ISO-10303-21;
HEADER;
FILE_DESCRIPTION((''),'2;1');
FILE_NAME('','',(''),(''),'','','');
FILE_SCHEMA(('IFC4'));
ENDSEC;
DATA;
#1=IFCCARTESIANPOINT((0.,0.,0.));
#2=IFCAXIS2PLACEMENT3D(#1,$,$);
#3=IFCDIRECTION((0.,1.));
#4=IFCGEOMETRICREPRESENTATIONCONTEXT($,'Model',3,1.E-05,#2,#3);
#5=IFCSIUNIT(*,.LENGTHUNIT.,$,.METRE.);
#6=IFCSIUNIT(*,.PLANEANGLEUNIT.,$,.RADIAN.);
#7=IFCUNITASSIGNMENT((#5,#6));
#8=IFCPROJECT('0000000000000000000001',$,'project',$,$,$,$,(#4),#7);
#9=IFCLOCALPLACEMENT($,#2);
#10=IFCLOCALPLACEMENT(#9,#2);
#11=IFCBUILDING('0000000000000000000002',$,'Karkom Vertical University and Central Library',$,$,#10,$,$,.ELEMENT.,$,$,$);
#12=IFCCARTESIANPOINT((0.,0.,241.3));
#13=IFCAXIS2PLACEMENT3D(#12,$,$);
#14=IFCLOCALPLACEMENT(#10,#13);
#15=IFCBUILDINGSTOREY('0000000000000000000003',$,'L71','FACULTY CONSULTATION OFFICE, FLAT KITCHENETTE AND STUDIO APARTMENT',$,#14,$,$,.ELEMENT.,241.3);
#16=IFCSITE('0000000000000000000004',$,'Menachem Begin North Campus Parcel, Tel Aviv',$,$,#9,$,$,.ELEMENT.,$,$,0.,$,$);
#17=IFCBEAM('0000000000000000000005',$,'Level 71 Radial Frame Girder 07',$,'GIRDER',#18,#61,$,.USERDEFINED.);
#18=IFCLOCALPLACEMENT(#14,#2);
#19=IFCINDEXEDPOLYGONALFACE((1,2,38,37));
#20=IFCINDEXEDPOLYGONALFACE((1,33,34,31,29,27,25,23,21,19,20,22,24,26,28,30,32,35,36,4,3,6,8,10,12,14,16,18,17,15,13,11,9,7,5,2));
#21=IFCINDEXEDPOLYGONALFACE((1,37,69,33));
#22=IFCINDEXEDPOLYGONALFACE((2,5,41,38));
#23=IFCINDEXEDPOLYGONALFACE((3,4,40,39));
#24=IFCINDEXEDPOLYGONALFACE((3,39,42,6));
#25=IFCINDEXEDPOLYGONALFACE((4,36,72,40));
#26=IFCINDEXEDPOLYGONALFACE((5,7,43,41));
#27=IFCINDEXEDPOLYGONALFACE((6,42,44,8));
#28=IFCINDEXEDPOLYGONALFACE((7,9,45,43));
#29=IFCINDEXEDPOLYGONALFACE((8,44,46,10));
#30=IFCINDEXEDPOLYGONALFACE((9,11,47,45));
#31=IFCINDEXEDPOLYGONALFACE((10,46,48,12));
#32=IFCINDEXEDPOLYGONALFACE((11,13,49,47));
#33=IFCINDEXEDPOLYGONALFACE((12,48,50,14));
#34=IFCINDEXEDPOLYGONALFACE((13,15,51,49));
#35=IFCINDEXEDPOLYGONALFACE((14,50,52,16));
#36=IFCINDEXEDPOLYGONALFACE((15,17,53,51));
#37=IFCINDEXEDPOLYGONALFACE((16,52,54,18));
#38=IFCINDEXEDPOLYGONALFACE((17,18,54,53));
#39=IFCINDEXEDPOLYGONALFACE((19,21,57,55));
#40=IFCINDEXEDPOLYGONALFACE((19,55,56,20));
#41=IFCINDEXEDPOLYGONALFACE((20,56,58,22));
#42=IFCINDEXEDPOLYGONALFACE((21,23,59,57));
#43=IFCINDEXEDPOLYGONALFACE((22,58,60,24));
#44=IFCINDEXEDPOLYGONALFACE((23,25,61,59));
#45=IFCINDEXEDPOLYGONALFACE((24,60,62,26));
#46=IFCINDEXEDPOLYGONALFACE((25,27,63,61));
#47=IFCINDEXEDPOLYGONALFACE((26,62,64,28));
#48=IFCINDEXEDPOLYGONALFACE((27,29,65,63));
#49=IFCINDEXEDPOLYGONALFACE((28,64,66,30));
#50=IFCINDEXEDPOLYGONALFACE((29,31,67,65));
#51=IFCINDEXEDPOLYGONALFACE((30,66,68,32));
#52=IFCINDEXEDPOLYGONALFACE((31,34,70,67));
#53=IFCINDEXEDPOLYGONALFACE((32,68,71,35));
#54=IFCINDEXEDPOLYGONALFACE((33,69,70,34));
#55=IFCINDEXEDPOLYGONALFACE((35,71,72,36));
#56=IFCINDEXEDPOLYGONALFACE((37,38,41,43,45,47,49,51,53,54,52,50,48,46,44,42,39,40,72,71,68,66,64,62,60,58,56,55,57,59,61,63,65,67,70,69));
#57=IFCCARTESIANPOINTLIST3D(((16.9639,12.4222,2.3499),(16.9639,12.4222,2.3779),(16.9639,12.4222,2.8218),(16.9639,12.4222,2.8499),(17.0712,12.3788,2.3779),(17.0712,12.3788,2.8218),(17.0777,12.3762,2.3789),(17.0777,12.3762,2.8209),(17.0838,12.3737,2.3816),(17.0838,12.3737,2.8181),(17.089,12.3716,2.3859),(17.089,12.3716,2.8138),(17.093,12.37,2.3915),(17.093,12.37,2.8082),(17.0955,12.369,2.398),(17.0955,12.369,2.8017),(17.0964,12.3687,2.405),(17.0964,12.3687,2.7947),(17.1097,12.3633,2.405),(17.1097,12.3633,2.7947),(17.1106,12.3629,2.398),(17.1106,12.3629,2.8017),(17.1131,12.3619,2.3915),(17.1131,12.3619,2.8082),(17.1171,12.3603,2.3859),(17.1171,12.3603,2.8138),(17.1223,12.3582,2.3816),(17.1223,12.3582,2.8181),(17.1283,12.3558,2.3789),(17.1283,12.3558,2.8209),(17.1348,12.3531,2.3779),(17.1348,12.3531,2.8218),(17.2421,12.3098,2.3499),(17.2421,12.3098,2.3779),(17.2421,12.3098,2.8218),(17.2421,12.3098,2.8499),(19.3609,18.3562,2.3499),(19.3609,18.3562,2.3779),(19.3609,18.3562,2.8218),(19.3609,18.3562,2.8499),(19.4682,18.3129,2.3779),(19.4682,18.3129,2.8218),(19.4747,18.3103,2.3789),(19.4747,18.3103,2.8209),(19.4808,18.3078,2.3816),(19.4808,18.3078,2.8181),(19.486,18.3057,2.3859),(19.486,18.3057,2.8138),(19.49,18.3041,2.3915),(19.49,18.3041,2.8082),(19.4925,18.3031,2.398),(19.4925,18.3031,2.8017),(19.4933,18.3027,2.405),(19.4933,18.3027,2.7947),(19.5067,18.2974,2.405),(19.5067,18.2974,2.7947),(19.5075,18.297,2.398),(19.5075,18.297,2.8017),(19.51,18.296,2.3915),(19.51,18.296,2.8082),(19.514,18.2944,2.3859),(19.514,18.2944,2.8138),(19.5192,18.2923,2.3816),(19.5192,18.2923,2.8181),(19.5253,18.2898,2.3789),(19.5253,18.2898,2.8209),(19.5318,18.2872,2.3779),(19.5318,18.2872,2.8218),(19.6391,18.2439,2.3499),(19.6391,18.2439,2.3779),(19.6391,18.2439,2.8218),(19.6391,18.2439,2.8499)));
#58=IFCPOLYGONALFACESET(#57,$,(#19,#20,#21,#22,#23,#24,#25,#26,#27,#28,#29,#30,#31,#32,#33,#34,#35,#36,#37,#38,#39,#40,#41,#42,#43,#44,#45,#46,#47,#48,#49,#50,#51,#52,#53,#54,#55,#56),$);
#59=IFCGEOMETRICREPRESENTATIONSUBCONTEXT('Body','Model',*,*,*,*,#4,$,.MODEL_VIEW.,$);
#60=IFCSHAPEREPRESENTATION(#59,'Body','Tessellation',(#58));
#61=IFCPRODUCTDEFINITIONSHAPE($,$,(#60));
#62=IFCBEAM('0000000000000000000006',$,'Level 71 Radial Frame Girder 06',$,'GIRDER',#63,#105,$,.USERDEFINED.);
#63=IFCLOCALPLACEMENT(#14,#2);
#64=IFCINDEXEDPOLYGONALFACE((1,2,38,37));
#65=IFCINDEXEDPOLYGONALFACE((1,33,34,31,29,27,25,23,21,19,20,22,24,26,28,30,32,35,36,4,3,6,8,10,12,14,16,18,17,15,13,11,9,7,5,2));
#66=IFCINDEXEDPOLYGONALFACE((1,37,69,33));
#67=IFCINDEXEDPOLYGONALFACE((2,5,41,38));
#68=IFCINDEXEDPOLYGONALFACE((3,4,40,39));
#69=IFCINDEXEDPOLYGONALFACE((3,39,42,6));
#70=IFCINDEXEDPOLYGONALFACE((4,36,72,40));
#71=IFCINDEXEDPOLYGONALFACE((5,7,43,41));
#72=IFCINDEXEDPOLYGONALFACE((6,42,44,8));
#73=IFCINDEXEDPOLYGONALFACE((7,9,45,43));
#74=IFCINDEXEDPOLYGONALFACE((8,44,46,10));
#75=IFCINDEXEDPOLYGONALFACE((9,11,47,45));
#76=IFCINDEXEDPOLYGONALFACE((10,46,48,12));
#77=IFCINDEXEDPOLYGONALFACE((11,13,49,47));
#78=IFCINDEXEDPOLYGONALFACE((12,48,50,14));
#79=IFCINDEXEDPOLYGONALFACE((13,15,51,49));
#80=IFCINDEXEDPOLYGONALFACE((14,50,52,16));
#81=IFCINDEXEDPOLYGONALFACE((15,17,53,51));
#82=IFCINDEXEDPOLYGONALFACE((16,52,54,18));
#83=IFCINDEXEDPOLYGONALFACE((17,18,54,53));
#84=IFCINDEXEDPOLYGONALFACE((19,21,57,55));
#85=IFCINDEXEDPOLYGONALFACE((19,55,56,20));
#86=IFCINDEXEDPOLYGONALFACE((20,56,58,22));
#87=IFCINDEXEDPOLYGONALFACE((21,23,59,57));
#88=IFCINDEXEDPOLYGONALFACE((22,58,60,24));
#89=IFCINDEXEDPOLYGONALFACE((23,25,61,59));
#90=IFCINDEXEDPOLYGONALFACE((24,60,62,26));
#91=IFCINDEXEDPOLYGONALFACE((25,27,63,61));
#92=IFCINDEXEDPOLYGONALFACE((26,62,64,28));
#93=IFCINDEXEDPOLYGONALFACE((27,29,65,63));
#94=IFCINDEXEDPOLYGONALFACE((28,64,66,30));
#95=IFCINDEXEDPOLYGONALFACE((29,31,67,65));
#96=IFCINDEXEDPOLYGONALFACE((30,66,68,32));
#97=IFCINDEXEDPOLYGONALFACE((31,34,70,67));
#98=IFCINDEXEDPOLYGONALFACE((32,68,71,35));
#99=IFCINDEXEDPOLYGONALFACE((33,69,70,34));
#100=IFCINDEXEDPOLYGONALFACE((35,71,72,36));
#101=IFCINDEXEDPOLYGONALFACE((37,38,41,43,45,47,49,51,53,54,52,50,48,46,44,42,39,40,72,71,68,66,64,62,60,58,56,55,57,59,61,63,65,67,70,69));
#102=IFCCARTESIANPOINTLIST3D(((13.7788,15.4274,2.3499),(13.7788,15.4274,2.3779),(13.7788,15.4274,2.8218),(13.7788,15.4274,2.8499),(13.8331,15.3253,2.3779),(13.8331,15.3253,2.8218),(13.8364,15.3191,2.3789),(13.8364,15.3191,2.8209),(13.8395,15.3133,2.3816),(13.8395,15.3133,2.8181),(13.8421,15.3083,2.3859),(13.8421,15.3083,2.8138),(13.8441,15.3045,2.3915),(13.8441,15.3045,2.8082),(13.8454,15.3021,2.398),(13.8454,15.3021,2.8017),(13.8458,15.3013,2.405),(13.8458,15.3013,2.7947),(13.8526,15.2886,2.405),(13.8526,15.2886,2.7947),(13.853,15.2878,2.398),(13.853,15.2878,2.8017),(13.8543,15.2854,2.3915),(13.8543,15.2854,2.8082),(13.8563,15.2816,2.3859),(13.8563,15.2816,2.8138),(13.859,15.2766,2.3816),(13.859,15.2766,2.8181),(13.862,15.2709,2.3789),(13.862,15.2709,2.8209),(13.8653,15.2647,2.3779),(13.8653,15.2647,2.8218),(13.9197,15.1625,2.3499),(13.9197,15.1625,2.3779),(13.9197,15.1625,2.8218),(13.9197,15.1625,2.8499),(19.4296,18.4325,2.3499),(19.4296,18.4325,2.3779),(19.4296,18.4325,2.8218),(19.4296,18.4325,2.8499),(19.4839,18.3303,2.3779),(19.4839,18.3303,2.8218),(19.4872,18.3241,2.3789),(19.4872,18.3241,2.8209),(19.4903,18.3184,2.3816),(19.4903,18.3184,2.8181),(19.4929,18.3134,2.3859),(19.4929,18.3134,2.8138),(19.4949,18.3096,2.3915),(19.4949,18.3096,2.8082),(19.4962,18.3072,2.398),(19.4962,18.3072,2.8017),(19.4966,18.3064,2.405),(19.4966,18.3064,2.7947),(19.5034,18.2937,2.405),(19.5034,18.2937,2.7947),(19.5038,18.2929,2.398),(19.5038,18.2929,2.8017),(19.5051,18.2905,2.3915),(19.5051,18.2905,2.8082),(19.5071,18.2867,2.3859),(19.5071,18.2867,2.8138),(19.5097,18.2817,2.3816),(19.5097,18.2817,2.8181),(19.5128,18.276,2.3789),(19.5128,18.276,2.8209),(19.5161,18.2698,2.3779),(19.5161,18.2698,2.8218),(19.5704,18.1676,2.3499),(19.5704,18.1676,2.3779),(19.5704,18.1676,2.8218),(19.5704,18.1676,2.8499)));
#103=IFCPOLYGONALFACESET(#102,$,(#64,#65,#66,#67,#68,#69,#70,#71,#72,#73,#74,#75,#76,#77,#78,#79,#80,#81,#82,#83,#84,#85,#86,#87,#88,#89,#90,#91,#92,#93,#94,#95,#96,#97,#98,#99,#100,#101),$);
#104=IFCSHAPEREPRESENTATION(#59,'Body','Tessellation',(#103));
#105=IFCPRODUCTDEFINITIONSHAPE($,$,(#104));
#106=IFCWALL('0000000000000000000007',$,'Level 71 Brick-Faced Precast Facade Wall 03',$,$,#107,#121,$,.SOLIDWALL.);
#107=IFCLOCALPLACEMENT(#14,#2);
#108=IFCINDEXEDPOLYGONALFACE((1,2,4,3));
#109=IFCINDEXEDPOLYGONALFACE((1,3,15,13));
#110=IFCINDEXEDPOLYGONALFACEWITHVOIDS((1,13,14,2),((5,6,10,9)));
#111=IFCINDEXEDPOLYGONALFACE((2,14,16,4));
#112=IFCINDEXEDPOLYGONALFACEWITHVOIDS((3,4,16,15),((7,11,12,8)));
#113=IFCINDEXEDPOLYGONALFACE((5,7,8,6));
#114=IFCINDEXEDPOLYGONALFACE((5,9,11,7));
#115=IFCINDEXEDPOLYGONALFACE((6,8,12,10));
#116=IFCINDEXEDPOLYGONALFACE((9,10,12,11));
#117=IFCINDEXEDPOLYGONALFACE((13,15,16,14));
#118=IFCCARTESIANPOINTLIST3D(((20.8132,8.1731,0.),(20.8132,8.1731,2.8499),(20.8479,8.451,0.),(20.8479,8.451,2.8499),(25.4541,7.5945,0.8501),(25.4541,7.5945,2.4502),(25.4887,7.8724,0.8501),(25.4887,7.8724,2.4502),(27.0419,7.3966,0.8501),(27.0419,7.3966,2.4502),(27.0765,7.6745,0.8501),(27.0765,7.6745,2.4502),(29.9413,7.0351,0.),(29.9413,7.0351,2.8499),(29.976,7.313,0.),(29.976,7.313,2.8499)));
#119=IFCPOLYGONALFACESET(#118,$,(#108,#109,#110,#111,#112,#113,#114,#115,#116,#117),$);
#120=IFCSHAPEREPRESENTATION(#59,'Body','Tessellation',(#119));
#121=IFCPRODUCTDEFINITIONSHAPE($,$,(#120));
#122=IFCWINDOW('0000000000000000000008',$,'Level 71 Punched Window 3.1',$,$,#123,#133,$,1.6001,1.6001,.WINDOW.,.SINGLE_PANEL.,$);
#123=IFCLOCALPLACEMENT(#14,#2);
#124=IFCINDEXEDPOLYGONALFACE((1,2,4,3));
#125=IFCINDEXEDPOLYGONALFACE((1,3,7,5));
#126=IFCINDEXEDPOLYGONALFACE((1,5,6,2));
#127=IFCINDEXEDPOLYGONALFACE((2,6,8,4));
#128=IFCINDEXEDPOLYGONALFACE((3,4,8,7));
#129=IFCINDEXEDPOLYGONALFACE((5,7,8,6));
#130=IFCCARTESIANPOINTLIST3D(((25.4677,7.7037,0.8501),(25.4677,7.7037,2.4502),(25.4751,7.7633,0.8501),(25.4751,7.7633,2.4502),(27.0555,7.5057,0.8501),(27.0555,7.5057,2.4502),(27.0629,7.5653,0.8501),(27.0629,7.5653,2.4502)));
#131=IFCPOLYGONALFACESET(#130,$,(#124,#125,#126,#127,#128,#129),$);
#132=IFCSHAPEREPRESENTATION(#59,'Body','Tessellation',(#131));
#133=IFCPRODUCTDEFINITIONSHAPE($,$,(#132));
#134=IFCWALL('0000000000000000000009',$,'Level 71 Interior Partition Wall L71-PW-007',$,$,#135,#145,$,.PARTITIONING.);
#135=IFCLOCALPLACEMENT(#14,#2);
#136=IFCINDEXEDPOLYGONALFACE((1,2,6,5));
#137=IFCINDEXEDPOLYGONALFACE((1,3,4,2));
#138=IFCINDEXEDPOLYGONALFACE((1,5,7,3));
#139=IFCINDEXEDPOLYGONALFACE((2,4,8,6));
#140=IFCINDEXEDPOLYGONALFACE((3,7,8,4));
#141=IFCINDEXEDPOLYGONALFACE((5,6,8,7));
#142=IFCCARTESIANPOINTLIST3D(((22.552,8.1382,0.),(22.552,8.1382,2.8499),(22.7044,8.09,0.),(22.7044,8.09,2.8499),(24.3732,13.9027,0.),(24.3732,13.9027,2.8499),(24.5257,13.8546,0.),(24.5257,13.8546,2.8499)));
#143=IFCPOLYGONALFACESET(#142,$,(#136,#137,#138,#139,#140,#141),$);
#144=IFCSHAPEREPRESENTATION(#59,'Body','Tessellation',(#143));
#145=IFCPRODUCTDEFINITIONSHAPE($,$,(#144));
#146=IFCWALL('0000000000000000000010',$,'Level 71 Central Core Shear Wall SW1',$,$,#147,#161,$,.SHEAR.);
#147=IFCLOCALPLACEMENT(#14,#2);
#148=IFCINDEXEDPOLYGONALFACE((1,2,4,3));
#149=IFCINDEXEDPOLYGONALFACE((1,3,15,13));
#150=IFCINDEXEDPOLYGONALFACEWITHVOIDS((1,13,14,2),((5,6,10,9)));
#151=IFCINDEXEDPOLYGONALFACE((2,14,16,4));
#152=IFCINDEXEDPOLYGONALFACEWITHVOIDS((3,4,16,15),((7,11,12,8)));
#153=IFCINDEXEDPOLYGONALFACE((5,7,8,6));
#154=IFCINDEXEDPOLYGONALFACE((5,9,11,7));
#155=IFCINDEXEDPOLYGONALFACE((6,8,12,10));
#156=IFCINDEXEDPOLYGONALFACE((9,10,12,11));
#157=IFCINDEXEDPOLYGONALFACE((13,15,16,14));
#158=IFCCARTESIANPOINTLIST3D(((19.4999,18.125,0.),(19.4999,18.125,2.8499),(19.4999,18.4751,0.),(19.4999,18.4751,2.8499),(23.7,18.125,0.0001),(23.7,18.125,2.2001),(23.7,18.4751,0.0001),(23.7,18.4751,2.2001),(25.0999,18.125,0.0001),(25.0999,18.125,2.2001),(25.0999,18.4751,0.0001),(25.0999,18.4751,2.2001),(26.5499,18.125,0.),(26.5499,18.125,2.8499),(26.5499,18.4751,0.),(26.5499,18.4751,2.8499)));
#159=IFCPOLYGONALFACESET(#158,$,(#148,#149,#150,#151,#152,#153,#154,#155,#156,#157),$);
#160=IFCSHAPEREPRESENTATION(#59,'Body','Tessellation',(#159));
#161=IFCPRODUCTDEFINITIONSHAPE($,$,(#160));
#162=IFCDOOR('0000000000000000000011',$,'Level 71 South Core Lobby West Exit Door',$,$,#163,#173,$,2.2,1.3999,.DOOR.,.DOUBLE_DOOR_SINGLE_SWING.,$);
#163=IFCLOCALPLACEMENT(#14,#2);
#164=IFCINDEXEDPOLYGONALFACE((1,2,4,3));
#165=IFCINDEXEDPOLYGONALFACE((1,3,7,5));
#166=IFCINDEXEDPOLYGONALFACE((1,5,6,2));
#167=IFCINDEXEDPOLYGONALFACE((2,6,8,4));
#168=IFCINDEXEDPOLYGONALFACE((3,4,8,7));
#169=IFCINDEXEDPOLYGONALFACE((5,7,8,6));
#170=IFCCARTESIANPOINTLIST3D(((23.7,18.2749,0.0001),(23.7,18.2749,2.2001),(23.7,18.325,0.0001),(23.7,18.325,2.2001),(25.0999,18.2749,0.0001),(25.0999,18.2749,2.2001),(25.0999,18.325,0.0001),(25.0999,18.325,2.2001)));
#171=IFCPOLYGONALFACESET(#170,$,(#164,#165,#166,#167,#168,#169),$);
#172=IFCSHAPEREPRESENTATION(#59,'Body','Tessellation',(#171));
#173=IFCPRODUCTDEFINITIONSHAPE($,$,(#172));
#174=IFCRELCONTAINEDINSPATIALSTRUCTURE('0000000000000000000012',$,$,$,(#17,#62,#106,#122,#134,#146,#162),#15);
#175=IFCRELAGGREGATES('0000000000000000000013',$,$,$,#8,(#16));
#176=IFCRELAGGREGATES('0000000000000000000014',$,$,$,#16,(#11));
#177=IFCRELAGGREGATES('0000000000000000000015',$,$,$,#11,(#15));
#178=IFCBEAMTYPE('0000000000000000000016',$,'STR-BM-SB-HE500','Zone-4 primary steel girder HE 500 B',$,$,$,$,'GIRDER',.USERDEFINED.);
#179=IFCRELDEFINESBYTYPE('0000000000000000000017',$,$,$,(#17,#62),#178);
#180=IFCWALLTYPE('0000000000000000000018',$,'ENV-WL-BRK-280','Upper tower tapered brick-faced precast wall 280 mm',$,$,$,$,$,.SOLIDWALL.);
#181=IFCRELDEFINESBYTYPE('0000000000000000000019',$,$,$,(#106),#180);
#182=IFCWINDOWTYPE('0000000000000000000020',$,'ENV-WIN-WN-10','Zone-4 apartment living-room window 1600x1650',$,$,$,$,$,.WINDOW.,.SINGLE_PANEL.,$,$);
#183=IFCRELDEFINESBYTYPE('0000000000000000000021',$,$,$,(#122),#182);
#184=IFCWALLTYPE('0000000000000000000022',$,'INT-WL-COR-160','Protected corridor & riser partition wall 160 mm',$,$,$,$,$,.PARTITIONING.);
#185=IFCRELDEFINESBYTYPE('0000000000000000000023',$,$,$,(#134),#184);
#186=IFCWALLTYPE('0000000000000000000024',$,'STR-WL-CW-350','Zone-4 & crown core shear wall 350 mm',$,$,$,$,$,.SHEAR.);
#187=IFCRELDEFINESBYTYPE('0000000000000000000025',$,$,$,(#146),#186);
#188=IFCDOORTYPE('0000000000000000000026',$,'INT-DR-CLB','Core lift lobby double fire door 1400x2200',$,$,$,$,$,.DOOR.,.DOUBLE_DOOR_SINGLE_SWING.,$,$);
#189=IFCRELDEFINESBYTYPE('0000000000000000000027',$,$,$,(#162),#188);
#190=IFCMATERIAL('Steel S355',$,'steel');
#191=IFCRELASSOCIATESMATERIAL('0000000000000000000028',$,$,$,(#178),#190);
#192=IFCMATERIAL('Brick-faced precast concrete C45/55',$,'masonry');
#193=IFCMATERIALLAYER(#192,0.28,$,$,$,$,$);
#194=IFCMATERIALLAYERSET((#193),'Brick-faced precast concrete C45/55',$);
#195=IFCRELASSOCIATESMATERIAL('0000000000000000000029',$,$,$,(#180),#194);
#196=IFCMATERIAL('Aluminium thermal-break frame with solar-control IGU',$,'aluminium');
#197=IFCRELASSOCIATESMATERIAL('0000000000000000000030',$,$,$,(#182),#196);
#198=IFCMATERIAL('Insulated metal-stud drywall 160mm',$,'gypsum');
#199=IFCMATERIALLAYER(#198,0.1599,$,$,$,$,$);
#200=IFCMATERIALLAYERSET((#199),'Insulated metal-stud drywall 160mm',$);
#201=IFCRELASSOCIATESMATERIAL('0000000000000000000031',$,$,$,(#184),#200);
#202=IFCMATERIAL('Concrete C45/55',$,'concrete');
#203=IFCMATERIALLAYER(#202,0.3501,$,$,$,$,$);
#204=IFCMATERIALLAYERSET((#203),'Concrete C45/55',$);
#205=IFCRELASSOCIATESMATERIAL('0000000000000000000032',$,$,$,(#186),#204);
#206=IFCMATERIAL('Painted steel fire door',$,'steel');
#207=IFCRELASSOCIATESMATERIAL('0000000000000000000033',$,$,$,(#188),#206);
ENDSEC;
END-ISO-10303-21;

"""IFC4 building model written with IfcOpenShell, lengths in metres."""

from ifc_helpers import new_model, si_unit, direction, frame, frame_2d, origin, origin_with_axes, origin_2d, place, context, subcontext, project, spatial, rectangle, i_section, extrude, source, transform, mapped, material, layer, layer_set, material_profile, profile_set, type_object, element, fill, save


model = new_model("IFC4")

# Units and contexts
model_context = context("Model", 3, precision=1e-05, world=origin(), true_north=direction((0.0, 1.0)))
body_context = subcontext(model_context, "Body", "Model", "MODEL_VIEW")
ifc_project = project(units=[si_unit("LENGTHUNIT", "METRE"), si_unit("PLANEANGLEUNIT", "RADIAN")], contexts=[model_context])

# Site, building, storey
site_placement = place(None, origin())
site = spatial("IfcSite", under=ifc_project, at=site_placement, Name="Menachem Begin North Campus Parcel, Tel Aviv", CompositionType="ELEMENT", RefElevation=0.0)
building_placement = place(site_placement, origin())
building = spatial("IfcBuilding", under=site, at=building_placement, Name="Karkom Vertical University and Central Library", CompositionType="ELEMENT")
storey_placement = place(building_placement, frame((0.0, 0.0, 241.3)))
storey = spatial("IfcBuildingStorey", under=building, at=storey_placement, Name="L71", Description="FACULTY CONSULTATION OFFICE, FLAT KITCHENETTE AND STUDIO APARTMENT", CompositionType="ELEMENT", Elevation=241.3)

# Shared definitions
ifc_material_1 = material(Name="Concrete C45/55", Category="concrete")

# Beams
ifc_material_2 = material(Name="Steel S355", Category="steel")
ifc_material_profile_1 = material_profile(ifc_material_2, i_section(OverallWidth=0.3, OverallDepth=0.5, WebThickness=0.0144, FlangeThickness=0.0281, FilletRadius=0.0271, at=origin_2d()), Name="HE 500 B")
ifc_profile_set_1 = profile_set([ifc_material_profile_1], Name="Steel S355")
beam_type_1 = type_object("IfcBeamType", Name="STR-BM-SB-HE500", Description="Zone-4 primary steel girder HE 500 B", ElementType="GIRDER", PredefinedType="USERDEFINED", material=ifc_profile_set_1)
shared_shape_1 = source(origin_with_axes(), body_context, "Body", "SweptSolid", [
    extrude(i_section(OverallWidth=0.3, OverallDepth=0.5, WebThickness=0.0144, FlangeThickness=0.0281, FilletRadius=0.0271, at=origin_2d()), origin(), (0.0, 0.0, 1.0), 6.3999),
])
beam_1_placement = place(storey_placement, frame((19.5, 18.3, 2.5999), z_axis=(-0.374532, -0.927214, 0.0), x_axis=(0.927214, -0.374532, 0.0)))
element("IfcBeam", 1, at=beam_1_placement, inside=storey, type_object=beam_type_1, Name="Level 71 Radial Frame Girder 07", ObjectType="GIRDER", PredefinedType="USERDEFINED", context=body_context, shape_type="MappedRepresentation", body=[
    mapped(shared_shape_1, transform((0.0, 0.0, 0.0), scale=1.0)),
])
shared_shape_2 = source(origin_with_axes(), body_context, "Body", "SweptSolid", [
    extrude(i_section(OverallWidth=0.3, OverallDepth=0.5, WebThickness=0.0144, FlangeThickness=0.0281, FilletRadius=0.0271, at=origin_2d()), origin(), (0.0, 0.0, 1.0), 6.4001),
])
beam_2_placement = place(storey_placement, frame((19.5, 18.3, 2.5999), z_axis=(-0.882915, -0.469533, 0.0), x_axis=(0.469533, -0.882915, 0.0)))
element("IfcBeam", 2, at=beam_2_placement, inside=storey, type_object=beam_type_1, Name="Level 71 Radial Frame Girder 06", ObjectType="GIRDER", PredefinedType="USERDEFINED", context=body_context, shape_type="MappedRepresentation", body=[
    mapped(shared_shape_2, transform((0.0, 0.0, 0.0), scale=1.0)),
])

# Wall, opening, window
ifc_material_3 = material(Name="Brick-faced precast concrete C45/55", Category="masonry")
ifc_layer_1 = layer(ifc_material_3, 0.28)
ifc_layer_set_1 = layer_set([ifc_layer_1], Name="Brick-faced precast concrete C45/55")
wall_type_1 = type_object("IfcWallType", Name="ENV-WL-BRK-280", Description="Upper tower tapered brick-faced precast wall 280 mm", PredefinedType="SOLIDWALL", material=ifc_layer_set_1)
wall_1_placement = place(storey_placement, frame((20.8306, 8.312, 0.0), z_axis=(0.0, 0.0, 1.0), x_axis=(0.992319, -0.123705, 0.0)))
wall_1 = element("IfcWall", 3, at=wall_1_placement, inside=storey, type_object=wall_type_1, Name="Level 71 Brick-Faced Precast Facade Wall 03", PredefinedType="SOLIDWALL", context=body_context, shape_type="SweptSolid", body=[
    extrude(rectangle(XDim=9.1987, YDim=0.28, at=frame_2d((4.5994, 0.0))), origin(), (0.0, 0.0, 1.0), 2.8499),
])
opening_1_placement = place(wall_1_placement, frame((4.6768, 0.0, 0.8501)))
opening_1 = element("IfcOpeningElement", 4, at=opening_1_placement, cuts=wall_1, PredefinedType="OPENING", context=body_context, shape_type="SweptSolid", body=[
    extrude(rectangle(XDim=1.6001, YDim=1.6001, at=frame_2d((0.8, 0.8))), frame((0.0, 0.1499, 0.0), z_axis=(0.0, -1.0, 0.0), x_axis=(1.0, 0.0, 0.0)), (0.0, 0.0, 1.0), 0.3),
])
ifc_material_4 = material(Name="Aluminium thermal-break frame with solar-control IGU", Category="aluminium")
window_type = type_object("IfcWindowType", Name="ENV-WIN-WN-10", Description="Zone-4 apartment living-room window 1600x1650", PartitioningType="SINGLE_PANEL", PredefinedType="WINDOW", material=ifc_material_4)
shared_shape_3 = source(origin_with_axes(), body_context, "Body", "SweptSolid", [
    extrude(rectangle(XDim=1.6001, YDim=1.6001, at=frame_2d((0.8, 0.8))), frame((0.0, 0.03, 0.0), z_axis=(0.0, -1.0, 0.0), x_axis=(1.0, 0.0, 0.0)), (0.0, 0.0, 1.0), 0.0601),
])
window_placement = place(opening_1_placement, origin())
window = element("IfcWindow", 5, at=window_placement, inside=storey, type_object=window_type, Name="Level 71 Punched Window 3.1", OverallHeight=1.6001, OverallWidth=1.6001, PartitioningType="SINGLE_PANEL", PredefinedType="WINDOW", context=body_context, shape_type="MappedRepresentation", body=[
    mapped(shared_shape_3, transform((0.0, 0.0, 0.0), scale=1.0)),
])
fill(opening_1, window)

# Wall
ifc_material_5 = material(Name="Insulated metal-stud drywall 160mm", Category="gypsum")
ifc_layer_2 = layer(ifc_material_5, 0.1599)
ifc_layer_set_2 = layer_set([ifc_layer_2], Name="Insulated metal-stud drywall 160mm")
wall_type_2 = type_object("IfcWallType", Name="INT-WL-COR-160", Description="Protected corridor & riser partition wall 160 mm", PredefinedType="PARTITIONING", material=ifc_layer_set_2)
wall_2_placement = place(storey_placement, frame((24.4495, 13.8787, 0.0), z_axis=(0.0, 0.0, 1.0), x_axis=(-0.301263, -0.953541, 0.0)))
element("IfcWall", 6, at=wall_2_placement, inside=storey, type_object=wall_type_2, Name="Level 71 Interior Partition Wall L71-PW-007", PredefinedType="PARTITIONING", context=body_context, shape_type="SweptSolid", body=[
    extrude(rectangle(XDim=6.0454, YDim=0.1599, at=frame_2d((3.0227, 0.0))), origin(), (0.0, 0.0, 1.0), 2.8499),
])

# Wall, opening, door
ifc_layer_3 = layer(ifc_material_1, 0.3501)
ifc_layer_set_3 = layer_set([ifc_layer_3], Name="Concrete C45/55")
wall_type_3 = type_object("IfcWallType", Name="STR-WL-CW-350", Description="Zone-4 & crown core shear wall 350 mm", PredefinedType="SHEAR", material=ifc_layer_set_3)
wall_3_placement = place(storey_placement, frame((19.5, 18.3, 0.0), z_axis=(0.0, 0.0, 1.0), x_axis=(1.0, 0.0, 0.0)))
wall_3 = element("IfcWall", 7, at=wall_3_placement, inside=storey, type_object=wall_type_3, Name="Level 71 Central Core Shear Wall SW1", PredefinedType="SHEAR", context=body_context, shape_type="SweptSolid", body=[
    extrude(rectangle(XDim=7.05, YDim=0.3501, at=frame_2d((3.5249, 0.0))), origin(), (0.0, 0.0, 1.0), 2.8499),
])
opening_2_placement = place(wall_3_placement, frame((4.2, 0.0, 0.0)))
opening_2 = element("IfcOpeningElement", 8, at=opening_2_placement, cuts=wall_3, PredefinedType="OPENING", context=body_context, shape_type="SweptSolid", body=[
    extrude(rectangle(XDim=1.3999, YDim=2.2, at=frame_2d((0.7, 1.1001))), frame((0.0, 0.1851, 0.0), z_axis=(0.0, -1.0, 0.0), x_axis=(1.0, 0.0, 0.0)), (0.0, 0.0, 1.0), 0.3701),
])
ifc_material_6 = material(Name="Painted steel fire door", Category="steel")
door_type = type_object("IfcDoorType", Name="INT-DR-CLB", Description="Core lift lobby double fire door 1400x2200", OperationType="DOUBLE_DOOR_SINGLE_SWING", PredefinedType="DOOR", material=ifc_material_6)
shared_shape_4 = source(origin_with_axes(), body_context, "Body", "SweptSolid", [
    extrude(rectangle(XDim=1.3999, YDim=2.2, at=frame_2d((0.7, 1.1001))), frame((0.0, 0.0249, 0.0), z_axis=(0.0, -1.0, 0.0), x_axis=(1.0, 0.0, 0.0)), (0.0, 0.0, 1.0), 0.05),
])
door_1_placement = place(opening_2_placement, origin())
door_1 = element("IfcDoor", 9, at=door_1_placement, inside=storey, type_object=door_type, Name="Level 71 South Core Lobby West Exit Door", OperationType="DOUBLE_DOOR_SINGLE_SWING", OverallHeight=2.2, OverallWidth=1.3999, PredefinedType="DOOR", context=body_context, shape_type="MappedRepresentation", body=[
    mapped(shared_shape_4, transform((0.0, 0.0, 0.0), scale=1.0)),
])
fill(opening_2, door_1)

save(model, "model.ifc")
